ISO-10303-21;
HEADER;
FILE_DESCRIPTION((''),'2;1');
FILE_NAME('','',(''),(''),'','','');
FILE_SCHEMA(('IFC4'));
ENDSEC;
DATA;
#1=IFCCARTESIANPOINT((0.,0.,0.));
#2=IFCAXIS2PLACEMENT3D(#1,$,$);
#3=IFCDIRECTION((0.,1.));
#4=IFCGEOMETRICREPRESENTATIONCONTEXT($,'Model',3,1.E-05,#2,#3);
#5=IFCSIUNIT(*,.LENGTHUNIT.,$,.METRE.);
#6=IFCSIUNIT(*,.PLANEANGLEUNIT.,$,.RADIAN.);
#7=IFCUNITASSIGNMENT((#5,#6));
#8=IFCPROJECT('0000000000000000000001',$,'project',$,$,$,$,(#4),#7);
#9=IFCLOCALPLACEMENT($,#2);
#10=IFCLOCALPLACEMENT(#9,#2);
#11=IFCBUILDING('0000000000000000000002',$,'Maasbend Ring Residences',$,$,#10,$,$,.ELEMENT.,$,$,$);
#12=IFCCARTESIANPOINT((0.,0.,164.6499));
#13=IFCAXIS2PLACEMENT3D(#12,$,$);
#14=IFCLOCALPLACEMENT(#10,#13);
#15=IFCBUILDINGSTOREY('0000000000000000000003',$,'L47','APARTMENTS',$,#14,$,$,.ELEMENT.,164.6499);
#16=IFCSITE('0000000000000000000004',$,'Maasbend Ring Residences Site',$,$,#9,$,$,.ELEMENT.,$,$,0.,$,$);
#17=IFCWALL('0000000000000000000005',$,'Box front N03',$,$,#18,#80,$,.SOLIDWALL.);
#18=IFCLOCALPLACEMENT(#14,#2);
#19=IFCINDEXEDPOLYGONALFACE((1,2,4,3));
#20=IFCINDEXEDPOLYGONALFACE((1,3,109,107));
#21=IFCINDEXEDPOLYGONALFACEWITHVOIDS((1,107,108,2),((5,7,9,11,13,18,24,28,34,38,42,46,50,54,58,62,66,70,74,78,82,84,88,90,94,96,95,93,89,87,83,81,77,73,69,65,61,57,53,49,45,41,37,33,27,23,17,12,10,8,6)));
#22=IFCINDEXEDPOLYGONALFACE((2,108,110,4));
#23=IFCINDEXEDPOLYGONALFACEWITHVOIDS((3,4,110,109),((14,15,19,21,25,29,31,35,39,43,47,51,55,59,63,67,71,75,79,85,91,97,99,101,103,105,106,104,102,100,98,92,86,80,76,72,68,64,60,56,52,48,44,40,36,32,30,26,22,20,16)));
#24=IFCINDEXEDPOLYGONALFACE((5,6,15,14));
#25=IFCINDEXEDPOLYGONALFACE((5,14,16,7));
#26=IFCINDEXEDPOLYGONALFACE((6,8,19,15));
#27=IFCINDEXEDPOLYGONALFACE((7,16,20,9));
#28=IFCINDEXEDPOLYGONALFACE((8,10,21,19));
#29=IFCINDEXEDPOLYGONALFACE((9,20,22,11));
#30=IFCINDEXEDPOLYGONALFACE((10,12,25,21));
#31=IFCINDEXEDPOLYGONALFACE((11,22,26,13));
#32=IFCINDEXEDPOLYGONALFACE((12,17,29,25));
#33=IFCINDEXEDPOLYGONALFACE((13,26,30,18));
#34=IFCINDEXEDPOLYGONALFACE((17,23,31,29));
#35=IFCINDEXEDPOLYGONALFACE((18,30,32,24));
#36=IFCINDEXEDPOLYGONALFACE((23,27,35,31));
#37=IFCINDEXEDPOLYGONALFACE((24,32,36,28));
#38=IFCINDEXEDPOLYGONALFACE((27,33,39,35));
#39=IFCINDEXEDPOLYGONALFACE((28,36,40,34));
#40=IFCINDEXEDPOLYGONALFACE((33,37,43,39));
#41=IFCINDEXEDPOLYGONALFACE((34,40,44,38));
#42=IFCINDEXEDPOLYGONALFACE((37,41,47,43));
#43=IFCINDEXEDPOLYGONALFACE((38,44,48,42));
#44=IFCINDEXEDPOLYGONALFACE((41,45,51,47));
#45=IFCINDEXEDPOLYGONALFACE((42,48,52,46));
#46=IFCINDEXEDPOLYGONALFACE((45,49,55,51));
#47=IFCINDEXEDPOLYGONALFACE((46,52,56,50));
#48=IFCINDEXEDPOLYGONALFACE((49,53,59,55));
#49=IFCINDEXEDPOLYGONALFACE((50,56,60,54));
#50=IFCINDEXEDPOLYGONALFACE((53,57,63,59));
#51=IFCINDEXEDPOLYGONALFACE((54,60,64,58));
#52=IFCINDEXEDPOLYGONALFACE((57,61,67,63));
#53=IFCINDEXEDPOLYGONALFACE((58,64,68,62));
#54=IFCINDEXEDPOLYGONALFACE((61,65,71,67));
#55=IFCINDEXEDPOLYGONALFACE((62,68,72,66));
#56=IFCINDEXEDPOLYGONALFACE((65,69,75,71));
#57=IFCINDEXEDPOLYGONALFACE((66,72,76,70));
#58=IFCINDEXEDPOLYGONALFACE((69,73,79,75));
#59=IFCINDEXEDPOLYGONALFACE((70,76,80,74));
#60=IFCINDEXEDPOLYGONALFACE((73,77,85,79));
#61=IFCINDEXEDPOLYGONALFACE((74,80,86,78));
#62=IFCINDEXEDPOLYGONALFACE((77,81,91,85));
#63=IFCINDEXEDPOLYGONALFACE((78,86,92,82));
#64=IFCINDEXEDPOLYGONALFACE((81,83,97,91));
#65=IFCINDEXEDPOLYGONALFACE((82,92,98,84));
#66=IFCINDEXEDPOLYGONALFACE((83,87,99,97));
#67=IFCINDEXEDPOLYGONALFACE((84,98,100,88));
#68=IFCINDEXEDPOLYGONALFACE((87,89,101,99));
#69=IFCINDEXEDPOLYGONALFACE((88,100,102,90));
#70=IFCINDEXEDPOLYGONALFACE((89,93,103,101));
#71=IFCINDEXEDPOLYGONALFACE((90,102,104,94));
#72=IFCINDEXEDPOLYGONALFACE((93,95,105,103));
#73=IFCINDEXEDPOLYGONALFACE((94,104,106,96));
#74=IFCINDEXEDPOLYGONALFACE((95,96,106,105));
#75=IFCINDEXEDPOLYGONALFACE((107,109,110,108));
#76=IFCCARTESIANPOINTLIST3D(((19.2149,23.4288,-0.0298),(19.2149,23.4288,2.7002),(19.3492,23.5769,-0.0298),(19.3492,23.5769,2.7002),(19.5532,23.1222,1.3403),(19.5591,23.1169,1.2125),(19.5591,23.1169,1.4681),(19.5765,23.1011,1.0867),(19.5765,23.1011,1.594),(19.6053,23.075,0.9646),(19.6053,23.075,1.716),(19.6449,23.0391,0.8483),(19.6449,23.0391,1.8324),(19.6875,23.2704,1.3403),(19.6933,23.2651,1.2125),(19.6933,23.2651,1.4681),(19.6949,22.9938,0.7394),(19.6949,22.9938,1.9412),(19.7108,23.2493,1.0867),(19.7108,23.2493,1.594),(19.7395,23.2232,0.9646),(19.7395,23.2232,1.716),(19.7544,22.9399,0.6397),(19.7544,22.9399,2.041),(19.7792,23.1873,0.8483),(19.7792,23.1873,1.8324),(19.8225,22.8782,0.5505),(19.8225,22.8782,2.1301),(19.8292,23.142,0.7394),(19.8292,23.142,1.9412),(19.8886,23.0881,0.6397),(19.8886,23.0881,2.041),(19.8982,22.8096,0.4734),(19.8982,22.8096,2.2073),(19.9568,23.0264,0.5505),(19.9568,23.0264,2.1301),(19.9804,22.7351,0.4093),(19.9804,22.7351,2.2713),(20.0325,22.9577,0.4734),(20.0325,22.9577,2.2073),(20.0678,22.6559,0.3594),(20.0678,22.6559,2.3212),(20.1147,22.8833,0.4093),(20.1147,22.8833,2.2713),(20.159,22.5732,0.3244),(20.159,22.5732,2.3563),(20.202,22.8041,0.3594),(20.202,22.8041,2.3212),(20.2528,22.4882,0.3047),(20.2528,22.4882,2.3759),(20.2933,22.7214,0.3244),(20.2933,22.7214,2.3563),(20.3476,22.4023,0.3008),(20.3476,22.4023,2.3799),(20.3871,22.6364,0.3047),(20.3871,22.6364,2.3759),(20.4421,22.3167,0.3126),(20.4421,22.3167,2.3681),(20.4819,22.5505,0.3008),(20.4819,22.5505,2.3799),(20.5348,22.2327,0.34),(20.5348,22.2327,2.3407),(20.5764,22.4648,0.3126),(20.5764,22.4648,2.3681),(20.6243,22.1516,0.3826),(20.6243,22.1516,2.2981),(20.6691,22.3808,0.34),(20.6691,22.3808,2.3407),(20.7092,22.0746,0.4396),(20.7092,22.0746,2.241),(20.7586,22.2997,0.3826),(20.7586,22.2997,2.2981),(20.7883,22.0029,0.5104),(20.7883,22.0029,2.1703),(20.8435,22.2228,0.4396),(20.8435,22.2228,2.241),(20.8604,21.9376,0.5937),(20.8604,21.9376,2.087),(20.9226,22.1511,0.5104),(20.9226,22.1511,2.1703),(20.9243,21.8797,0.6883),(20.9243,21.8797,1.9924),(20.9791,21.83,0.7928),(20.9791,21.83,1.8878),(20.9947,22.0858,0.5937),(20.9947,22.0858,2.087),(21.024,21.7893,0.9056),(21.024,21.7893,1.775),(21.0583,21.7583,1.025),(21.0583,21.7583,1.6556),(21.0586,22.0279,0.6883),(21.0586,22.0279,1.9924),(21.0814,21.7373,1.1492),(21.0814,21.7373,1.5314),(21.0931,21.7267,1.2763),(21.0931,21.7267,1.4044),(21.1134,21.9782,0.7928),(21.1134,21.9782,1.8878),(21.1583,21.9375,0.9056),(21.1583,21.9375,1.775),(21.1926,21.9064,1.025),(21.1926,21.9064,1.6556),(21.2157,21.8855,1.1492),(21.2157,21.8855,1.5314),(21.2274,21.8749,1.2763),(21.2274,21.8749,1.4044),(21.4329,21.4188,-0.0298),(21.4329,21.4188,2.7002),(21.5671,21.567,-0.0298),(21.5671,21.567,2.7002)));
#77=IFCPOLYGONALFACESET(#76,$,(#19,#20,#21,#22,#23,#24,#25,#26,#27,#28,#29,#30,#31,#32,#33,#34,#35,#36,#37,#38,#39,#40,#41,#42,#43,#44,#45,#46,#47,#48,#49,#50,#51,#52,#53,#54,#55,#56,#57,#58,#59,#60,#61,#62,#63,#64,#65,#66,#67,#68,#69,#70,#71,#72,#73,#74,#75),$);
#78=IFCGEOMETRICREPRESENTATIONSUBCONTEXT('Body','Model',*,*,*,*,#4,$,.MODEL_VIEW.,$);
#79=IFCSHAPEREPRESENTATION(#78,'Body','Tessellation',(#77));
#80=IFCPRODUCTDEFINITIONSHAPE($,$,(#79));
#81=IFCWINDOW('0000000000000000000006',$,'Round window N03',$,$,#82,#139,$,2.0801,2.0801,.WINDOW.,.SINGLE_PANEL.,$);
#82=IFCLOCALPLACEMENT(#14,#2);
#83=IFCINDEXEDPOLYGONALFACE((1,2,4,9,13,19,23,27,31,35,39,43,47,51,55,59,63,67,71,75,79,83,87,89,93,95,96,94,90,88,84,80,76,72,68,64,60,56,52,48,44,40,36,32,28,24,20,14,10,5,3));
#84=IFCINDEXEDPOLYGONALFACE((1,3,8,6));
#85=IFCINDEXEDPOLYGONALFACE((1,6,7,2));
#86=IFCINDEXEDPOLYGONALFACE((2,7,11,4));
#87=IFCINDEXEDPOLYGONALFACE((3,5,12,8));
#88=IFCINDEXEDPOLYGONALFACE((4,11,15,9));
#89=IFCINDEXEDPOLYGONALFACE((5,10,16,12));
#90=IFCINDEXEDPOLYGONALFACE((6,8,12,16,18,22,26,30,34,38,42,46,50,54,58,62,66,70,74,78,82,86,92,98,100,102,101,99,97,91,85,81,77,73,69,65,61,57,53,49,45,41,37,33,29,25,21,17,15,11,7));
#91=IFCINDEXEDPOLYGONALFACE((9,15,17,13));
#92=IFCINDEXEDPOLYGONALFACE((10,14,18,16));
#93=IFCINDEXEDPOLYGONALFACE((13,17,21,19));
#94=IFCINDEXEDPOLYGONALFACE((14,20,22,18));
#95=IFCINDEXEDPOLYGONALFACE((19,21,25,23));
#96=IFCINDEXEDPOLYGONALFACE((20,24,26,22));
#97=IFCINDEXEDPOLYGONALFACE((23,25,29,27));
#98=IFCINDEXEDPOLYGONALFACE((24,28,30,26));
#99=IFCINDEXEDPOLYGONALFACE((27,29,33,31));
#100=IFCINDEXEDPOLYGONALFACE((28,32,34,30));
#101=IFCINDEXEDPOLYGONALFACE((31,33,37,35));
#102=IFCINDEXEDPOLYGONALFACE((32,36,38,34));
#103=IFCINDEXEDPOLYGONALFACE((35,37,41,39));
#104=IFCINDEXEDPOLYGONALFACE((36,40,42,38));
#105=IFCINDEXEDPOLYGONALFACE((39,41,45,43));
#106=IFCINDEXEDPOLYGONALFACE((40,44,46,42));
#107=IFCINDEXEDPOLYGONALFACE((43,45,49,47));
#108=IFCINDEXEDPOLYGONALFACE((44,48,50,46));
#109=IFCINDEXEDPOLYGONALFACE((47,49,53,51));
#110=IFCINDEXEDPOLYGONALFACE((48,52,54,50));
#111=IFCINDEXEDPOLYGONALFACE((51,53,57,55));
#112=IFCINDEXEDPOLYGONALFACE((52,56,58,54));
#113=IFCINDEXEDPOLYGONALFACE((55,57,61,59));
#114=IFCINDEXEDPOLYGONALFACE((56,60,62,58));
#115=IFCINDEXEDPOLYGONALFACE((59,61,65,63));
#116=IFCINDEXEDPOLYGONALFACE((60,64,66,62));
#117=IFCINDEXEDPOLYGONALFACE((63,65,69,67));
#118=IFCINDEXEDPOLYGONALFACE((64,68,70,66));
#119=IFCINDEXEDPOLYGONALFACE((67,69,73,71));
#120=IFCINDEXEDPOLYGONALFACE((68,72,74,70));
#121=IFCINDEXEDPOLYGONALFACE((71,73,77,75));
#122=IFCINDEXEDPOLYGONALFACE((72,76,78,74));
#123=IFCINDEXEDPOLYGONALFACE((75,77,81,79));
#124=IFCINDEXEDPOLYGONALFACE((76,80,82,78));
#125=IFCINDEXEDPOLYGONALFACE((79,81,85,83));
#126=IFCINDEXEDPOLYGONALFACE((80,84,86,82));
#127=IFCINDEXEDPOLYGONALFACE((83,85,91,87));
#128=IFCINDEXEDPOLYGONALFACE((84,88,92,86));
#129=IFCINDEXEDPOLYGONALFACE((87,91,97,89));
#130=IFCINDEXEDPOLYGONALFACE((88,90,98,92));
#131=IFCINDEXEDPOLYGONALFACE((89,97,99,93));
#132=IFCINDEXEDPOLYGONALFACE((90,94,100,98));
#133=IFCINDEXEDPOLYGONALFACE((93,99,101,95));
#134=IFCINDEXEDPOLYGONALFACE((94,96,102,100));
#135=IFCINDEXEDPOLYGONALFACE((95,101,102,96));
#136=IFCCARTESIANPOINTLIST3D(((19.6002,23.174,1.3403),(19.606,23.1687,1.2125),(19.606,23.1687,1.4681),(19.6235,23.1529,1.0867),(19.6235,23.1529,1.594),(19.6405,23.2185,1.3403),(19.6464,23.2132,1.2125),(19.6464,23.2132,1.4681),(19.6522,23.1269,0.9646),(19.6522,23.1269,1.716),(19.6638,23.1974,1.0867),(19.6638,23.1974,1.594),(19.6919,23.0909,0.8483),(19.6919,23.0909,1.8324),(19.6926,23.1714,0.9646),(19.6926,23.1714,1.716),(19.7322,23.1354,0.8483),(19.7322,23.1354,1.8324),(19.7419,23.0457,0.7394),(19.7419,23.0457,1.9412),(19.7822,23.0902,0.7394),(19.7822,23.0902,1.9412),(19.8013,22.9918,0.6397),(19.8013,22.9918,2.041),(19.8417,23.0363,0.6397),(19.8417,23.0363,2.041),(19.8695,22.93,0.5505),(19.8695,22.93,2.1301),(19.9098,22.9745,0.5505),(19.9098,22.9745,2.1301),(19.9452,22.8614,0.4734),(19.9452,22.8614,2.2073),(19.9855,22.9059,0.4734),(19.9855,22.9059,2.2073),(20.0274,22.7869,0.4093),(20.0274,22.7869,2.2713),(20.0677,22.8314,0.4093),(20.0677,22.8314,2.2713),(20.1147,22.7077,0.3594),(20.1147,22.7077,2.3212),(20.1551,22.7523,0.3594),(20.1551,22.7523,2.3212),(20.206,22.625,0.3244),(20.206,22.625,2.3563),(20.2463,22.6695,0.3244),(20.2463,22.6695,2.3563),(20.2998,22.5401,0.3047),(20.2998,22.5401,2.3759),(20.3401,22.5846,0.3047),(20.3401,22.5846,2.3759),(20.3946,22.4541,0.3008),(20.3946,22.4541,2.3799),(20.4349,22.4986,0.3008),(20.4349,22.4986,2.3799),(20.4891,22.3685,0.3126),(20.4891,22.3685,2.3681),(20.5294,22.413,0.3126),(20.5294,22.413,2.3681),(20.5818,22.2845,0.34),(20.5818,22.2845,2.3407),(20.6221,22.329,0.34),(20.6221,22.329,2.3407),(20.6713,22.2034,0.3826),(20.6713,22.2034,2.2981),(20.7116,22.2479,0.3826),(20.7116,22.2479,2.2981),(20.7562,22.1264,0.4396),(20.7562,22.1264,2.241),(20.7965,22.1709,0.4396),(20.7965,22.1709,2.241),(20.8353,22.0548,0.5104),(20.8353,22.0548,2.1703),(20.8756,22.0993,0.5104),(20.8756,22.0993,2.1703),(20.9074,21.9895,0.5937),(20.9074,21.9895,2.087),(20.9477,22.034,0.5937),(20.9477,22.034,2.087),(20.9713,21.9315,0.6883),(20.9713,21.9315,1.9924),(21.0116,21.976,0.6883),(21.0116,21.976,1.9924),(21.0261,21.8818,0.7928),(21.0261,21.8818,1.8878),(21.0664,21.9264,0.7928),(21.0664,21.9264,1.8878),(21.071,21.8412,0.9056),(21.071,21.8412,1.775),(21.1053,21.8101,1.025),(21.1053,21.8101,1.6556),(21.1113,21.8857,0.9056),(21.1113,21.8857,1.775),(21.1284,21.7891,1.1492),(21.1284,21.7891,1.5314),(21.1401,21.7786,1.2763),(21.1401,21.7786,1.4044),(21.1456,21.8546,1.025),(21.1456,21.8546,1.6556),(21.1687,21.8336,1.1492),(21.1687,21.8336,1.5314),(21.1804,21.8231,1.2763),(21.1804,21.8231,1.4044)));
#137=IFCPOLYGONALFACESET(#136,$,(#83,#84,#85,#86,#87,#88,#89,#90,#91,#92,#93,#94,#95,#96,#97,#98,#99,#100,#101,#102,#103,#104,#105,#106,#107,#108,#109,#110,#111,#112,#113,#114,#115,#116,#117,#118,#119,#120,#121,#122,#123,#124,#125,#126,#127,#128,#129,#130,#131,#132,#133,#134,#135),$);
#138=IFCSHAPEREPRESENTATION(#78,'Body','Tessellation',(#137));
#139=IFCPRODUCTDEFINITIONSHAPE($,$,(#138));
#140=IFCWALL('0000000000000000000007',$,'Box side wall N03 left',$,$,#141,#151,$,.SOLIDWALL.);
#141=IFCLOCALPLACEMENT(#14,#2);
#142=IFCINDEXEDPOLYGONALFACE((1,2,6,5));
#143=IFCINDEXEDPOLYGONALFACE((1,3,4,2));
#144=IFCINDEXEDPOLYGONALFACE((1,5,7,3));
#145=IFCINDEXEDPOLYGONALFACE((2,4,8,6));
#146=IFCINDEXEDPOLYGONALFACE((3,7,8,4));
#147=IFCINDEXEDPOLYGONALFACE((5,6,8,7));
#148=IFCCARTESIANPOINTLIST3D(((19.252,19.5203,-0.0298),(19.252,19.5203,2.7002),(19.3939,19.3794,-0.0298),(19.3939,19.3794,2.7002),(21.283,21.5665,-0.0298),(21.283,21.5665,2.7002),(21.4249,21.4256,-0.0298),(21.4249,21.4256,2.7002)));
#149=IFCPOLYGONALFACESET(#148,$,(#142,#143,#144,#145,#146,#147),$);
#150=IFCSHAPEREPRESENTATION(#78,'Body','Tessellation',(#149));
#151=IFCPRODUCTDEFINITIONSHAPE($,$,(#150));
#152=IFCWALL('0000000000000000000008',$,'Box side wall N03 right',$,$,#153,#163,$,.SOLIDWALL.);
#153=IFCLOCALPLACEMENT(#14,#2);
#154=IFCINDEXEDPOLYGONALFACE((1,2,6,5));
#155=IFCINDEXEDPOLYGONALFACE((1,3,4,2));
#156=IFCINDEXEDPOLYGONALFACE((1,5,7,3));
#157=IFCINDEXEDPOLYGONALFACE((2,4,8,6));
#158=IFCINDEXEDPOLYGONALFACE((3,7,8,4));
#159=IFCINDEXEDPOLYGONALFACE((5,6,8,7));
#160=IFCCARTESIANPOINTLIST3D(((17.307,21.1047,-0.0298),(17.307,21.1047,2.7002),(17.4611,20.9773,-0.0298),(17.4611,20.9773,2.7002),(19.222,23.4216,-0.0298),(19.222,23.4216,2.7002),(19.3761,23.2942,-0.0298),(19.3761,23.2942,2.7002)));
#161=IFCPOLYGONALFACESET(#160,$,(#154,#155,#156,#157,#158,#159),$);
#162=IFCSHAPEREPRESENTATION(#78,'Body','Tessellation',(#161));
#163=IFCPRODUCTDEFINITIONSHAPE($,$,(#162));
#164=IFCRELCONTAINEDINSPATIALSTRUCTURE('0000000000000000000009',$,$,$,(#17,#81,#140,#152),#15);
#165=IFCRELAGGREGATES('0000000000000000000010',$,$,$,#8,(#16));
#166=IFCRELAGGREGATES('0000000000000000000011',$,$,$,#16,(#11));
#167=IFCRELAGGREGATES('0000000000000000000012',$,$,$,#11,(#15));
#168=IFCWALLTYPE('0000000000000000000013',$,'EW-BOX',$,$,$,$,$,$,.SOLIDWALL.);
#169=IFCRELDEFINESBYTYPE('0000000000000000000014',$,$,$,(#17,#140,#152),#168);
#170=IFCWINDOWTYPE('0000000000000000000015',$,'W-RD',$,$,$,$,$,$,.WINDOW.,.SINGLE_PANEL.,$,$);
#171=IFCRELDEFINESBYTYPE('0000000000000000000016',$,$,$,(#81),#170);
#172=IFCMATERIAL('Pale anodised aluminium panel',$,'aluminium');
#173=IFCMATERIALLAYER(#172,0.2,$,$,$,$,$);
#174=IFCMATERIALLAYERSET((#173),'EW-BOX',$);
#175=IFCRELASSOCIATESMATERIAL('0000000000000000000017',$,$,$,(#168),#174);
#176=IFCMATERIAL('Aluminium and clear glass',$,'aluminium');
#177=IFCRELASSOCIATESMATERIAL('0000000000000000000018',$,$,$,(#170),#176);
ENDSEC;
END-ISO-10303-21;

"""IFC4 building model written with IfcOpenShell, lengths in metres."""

from ifc_helpers import new_model, si_unit, direction, frame, frame_2d, origin, place, context, subcontext, project, spatial, rectangle, circle, extrude, material, layer, layer_set, type_object, element, fill, save


model = new_model("IFC4")

# Units and contexts
model_context = context("Model", 3, precision=1e-05, world=origin(), true_north=direction((0.0, 1.0)))
body_context = subcontext(model_context, "Body", "Model", "MODEL_VIEW")
ifc_project = project(units=[si_unit("LENGTHUNIT", "METRE"), si_unit("PLANEANGLEUNIT", "RADIAN")], contexts=[model_context])

# Site, building, storey
site_placement = place(None, origin())
site = spatial("IfcSite", under=ifc_project, at=site_placement, Name="Maasbend Ring Residences Site", CompositionType="ELEMENT", RefElevation=0.0)
building_placement = place(site_placement, origin())
building = spatial("IfcBuilding", under=site, at=building_placement, Name="Maasbend Ring Residences", CompositionType="ELEMENT")
storey_placement = place(building_placement, frame((0.0, 0.0, 164.6499)))
storey = spatial("IfcBuildingStorey", under=building, at=storey_placement, Name="L47", Description="APARTMENTS", CompositionType="ELEMENT", Elevation=164.6499)

# Wall, opening, window
ifc_material_1 = material(Name="Pale anodised aluminium panel", Category="aluminium")
ifc_layer_1 = layer(ifc_material_1, 0.2)
ifc_layer_set_1 = layer_set([ifc_layer_1], Name="EW-BOX")
wall_type_1 = type_object("IfcWallType", Name="EW-BOX", PredefinedType="SOLIDWALL", material=ifc_layer_set_1)
wall_1_placement = place(storey_placement, frame((21.5, 21.4929, -0.0298), z_axis=(0.0, 0.0, 1.0), x_axis=(-0.740998, 0.671507, 0.0)))
wall_1 = element("IfcWall", 1, at=wall_1_placement, inside=storey, type_object=wall_type_1, Name="Box front N03", PredefinedType="SOLIDWALL", context=body_context, shape_type="SweptSolid", body=[
    extrude(rectangle(XDim=2.9932, YDim=0.2, at=frame_2d((1.4966, 0.0))), origin(), (0.0, 0.0, 1.0), 2.73),
])
opening_1_placement = place(wall_1_placement, frame((0.4565, 0.0, 0.3301)))
opening_1 = element("IfcOpeningElement", 2, at=opening_1_placement, cuts=wall_1, PredefinedType="OPENING", context=body_context, shape_type="SweptSolid", body=[
    extrude(circle(Radius=1.04, at=frame_2d((1.04, 1.04))), frame((0.0, 0.1099, 0.0), z_axis=(0.0, -1.0, 0.0), x_axis=(1.0, 0.0, 0.0)), (0.0, 0.0, 1.0), 0.22),
])
ifc_material_2 = material(Name="Aluminium and clear glass", Category="aluminium")
window_type_1 = type_object("IfcWindowType", Name="W-RD", PartitioningType="SINGLE_PANEL", PredefinedType="WINDOW", material=ifc_material_2)
window_1_placement = place(opening_1_placement, origin())
window_1 = element("IfcWindow", 3, at=window_1_placement, inside=storey, type_object=window_type_1, Name="Round window N03", OverallHeight=2.0801, OverallWidth=2.0801, PartitioningType="SINGLE_PANEL", PredefinedType="WINDOW", context=body_context, shape_type="SweptSolid", body=[
    extrude(circle(Radius=1.04, at=frame_2d((1.04, 1.04))), frame((0.0, 0.03, 0.0), z_axis=(0.0, -1.0, 0.0), x_axis=(1.0, 0.0, 0.0)), (0.0, 0.0, 1.0), 0.0601),
])
fill(opening_1, window_1)

# Walls
wall_2_placement = place(storey_placement, frame((19.323, 19.45, -0.0298), z_axis=(0.0, 0.0, 1.0), x_axis=(0.704477, 0.709727, 0.0)))
element("IfcWall", 4, at=wall_2_placement, inside=storey, type_object=wall_type_1, Name="Box side wall N03 left", PredefinedType="SOLIDWALL", context=body_context, shape_type="SweptSolid", body=[
    extrude(rectangle(XDim=2.8831, YDim=0.2, at=frame_2d((1.4414, 0.0))), origin(), (0.0, 0.0, 1.0), 2.73),
])
wall_3_placement = place(storey_placement, frame((17.384, 21.041, -0.0298), z_axis=(0.0, 0.0, 1.0), x_axis=(0.637096, 0.770785, 0.0)))
element("IfcWall", 5, at=wall_3_placement, inside=storey, type_object=wall_type_1, Name="Box side wall N03 right", PredefinedType="SOLIDWALL", context=body_context, shape_type="SweptSolid", body=[
    extrude(rectangle(XDim=3.0059, YDim=0.2, at=frame_2d((1.5029, 0.0))), origin(), (0.0, 0.0, 1.0), 2.73),
])

save(model, "model.ifc")
